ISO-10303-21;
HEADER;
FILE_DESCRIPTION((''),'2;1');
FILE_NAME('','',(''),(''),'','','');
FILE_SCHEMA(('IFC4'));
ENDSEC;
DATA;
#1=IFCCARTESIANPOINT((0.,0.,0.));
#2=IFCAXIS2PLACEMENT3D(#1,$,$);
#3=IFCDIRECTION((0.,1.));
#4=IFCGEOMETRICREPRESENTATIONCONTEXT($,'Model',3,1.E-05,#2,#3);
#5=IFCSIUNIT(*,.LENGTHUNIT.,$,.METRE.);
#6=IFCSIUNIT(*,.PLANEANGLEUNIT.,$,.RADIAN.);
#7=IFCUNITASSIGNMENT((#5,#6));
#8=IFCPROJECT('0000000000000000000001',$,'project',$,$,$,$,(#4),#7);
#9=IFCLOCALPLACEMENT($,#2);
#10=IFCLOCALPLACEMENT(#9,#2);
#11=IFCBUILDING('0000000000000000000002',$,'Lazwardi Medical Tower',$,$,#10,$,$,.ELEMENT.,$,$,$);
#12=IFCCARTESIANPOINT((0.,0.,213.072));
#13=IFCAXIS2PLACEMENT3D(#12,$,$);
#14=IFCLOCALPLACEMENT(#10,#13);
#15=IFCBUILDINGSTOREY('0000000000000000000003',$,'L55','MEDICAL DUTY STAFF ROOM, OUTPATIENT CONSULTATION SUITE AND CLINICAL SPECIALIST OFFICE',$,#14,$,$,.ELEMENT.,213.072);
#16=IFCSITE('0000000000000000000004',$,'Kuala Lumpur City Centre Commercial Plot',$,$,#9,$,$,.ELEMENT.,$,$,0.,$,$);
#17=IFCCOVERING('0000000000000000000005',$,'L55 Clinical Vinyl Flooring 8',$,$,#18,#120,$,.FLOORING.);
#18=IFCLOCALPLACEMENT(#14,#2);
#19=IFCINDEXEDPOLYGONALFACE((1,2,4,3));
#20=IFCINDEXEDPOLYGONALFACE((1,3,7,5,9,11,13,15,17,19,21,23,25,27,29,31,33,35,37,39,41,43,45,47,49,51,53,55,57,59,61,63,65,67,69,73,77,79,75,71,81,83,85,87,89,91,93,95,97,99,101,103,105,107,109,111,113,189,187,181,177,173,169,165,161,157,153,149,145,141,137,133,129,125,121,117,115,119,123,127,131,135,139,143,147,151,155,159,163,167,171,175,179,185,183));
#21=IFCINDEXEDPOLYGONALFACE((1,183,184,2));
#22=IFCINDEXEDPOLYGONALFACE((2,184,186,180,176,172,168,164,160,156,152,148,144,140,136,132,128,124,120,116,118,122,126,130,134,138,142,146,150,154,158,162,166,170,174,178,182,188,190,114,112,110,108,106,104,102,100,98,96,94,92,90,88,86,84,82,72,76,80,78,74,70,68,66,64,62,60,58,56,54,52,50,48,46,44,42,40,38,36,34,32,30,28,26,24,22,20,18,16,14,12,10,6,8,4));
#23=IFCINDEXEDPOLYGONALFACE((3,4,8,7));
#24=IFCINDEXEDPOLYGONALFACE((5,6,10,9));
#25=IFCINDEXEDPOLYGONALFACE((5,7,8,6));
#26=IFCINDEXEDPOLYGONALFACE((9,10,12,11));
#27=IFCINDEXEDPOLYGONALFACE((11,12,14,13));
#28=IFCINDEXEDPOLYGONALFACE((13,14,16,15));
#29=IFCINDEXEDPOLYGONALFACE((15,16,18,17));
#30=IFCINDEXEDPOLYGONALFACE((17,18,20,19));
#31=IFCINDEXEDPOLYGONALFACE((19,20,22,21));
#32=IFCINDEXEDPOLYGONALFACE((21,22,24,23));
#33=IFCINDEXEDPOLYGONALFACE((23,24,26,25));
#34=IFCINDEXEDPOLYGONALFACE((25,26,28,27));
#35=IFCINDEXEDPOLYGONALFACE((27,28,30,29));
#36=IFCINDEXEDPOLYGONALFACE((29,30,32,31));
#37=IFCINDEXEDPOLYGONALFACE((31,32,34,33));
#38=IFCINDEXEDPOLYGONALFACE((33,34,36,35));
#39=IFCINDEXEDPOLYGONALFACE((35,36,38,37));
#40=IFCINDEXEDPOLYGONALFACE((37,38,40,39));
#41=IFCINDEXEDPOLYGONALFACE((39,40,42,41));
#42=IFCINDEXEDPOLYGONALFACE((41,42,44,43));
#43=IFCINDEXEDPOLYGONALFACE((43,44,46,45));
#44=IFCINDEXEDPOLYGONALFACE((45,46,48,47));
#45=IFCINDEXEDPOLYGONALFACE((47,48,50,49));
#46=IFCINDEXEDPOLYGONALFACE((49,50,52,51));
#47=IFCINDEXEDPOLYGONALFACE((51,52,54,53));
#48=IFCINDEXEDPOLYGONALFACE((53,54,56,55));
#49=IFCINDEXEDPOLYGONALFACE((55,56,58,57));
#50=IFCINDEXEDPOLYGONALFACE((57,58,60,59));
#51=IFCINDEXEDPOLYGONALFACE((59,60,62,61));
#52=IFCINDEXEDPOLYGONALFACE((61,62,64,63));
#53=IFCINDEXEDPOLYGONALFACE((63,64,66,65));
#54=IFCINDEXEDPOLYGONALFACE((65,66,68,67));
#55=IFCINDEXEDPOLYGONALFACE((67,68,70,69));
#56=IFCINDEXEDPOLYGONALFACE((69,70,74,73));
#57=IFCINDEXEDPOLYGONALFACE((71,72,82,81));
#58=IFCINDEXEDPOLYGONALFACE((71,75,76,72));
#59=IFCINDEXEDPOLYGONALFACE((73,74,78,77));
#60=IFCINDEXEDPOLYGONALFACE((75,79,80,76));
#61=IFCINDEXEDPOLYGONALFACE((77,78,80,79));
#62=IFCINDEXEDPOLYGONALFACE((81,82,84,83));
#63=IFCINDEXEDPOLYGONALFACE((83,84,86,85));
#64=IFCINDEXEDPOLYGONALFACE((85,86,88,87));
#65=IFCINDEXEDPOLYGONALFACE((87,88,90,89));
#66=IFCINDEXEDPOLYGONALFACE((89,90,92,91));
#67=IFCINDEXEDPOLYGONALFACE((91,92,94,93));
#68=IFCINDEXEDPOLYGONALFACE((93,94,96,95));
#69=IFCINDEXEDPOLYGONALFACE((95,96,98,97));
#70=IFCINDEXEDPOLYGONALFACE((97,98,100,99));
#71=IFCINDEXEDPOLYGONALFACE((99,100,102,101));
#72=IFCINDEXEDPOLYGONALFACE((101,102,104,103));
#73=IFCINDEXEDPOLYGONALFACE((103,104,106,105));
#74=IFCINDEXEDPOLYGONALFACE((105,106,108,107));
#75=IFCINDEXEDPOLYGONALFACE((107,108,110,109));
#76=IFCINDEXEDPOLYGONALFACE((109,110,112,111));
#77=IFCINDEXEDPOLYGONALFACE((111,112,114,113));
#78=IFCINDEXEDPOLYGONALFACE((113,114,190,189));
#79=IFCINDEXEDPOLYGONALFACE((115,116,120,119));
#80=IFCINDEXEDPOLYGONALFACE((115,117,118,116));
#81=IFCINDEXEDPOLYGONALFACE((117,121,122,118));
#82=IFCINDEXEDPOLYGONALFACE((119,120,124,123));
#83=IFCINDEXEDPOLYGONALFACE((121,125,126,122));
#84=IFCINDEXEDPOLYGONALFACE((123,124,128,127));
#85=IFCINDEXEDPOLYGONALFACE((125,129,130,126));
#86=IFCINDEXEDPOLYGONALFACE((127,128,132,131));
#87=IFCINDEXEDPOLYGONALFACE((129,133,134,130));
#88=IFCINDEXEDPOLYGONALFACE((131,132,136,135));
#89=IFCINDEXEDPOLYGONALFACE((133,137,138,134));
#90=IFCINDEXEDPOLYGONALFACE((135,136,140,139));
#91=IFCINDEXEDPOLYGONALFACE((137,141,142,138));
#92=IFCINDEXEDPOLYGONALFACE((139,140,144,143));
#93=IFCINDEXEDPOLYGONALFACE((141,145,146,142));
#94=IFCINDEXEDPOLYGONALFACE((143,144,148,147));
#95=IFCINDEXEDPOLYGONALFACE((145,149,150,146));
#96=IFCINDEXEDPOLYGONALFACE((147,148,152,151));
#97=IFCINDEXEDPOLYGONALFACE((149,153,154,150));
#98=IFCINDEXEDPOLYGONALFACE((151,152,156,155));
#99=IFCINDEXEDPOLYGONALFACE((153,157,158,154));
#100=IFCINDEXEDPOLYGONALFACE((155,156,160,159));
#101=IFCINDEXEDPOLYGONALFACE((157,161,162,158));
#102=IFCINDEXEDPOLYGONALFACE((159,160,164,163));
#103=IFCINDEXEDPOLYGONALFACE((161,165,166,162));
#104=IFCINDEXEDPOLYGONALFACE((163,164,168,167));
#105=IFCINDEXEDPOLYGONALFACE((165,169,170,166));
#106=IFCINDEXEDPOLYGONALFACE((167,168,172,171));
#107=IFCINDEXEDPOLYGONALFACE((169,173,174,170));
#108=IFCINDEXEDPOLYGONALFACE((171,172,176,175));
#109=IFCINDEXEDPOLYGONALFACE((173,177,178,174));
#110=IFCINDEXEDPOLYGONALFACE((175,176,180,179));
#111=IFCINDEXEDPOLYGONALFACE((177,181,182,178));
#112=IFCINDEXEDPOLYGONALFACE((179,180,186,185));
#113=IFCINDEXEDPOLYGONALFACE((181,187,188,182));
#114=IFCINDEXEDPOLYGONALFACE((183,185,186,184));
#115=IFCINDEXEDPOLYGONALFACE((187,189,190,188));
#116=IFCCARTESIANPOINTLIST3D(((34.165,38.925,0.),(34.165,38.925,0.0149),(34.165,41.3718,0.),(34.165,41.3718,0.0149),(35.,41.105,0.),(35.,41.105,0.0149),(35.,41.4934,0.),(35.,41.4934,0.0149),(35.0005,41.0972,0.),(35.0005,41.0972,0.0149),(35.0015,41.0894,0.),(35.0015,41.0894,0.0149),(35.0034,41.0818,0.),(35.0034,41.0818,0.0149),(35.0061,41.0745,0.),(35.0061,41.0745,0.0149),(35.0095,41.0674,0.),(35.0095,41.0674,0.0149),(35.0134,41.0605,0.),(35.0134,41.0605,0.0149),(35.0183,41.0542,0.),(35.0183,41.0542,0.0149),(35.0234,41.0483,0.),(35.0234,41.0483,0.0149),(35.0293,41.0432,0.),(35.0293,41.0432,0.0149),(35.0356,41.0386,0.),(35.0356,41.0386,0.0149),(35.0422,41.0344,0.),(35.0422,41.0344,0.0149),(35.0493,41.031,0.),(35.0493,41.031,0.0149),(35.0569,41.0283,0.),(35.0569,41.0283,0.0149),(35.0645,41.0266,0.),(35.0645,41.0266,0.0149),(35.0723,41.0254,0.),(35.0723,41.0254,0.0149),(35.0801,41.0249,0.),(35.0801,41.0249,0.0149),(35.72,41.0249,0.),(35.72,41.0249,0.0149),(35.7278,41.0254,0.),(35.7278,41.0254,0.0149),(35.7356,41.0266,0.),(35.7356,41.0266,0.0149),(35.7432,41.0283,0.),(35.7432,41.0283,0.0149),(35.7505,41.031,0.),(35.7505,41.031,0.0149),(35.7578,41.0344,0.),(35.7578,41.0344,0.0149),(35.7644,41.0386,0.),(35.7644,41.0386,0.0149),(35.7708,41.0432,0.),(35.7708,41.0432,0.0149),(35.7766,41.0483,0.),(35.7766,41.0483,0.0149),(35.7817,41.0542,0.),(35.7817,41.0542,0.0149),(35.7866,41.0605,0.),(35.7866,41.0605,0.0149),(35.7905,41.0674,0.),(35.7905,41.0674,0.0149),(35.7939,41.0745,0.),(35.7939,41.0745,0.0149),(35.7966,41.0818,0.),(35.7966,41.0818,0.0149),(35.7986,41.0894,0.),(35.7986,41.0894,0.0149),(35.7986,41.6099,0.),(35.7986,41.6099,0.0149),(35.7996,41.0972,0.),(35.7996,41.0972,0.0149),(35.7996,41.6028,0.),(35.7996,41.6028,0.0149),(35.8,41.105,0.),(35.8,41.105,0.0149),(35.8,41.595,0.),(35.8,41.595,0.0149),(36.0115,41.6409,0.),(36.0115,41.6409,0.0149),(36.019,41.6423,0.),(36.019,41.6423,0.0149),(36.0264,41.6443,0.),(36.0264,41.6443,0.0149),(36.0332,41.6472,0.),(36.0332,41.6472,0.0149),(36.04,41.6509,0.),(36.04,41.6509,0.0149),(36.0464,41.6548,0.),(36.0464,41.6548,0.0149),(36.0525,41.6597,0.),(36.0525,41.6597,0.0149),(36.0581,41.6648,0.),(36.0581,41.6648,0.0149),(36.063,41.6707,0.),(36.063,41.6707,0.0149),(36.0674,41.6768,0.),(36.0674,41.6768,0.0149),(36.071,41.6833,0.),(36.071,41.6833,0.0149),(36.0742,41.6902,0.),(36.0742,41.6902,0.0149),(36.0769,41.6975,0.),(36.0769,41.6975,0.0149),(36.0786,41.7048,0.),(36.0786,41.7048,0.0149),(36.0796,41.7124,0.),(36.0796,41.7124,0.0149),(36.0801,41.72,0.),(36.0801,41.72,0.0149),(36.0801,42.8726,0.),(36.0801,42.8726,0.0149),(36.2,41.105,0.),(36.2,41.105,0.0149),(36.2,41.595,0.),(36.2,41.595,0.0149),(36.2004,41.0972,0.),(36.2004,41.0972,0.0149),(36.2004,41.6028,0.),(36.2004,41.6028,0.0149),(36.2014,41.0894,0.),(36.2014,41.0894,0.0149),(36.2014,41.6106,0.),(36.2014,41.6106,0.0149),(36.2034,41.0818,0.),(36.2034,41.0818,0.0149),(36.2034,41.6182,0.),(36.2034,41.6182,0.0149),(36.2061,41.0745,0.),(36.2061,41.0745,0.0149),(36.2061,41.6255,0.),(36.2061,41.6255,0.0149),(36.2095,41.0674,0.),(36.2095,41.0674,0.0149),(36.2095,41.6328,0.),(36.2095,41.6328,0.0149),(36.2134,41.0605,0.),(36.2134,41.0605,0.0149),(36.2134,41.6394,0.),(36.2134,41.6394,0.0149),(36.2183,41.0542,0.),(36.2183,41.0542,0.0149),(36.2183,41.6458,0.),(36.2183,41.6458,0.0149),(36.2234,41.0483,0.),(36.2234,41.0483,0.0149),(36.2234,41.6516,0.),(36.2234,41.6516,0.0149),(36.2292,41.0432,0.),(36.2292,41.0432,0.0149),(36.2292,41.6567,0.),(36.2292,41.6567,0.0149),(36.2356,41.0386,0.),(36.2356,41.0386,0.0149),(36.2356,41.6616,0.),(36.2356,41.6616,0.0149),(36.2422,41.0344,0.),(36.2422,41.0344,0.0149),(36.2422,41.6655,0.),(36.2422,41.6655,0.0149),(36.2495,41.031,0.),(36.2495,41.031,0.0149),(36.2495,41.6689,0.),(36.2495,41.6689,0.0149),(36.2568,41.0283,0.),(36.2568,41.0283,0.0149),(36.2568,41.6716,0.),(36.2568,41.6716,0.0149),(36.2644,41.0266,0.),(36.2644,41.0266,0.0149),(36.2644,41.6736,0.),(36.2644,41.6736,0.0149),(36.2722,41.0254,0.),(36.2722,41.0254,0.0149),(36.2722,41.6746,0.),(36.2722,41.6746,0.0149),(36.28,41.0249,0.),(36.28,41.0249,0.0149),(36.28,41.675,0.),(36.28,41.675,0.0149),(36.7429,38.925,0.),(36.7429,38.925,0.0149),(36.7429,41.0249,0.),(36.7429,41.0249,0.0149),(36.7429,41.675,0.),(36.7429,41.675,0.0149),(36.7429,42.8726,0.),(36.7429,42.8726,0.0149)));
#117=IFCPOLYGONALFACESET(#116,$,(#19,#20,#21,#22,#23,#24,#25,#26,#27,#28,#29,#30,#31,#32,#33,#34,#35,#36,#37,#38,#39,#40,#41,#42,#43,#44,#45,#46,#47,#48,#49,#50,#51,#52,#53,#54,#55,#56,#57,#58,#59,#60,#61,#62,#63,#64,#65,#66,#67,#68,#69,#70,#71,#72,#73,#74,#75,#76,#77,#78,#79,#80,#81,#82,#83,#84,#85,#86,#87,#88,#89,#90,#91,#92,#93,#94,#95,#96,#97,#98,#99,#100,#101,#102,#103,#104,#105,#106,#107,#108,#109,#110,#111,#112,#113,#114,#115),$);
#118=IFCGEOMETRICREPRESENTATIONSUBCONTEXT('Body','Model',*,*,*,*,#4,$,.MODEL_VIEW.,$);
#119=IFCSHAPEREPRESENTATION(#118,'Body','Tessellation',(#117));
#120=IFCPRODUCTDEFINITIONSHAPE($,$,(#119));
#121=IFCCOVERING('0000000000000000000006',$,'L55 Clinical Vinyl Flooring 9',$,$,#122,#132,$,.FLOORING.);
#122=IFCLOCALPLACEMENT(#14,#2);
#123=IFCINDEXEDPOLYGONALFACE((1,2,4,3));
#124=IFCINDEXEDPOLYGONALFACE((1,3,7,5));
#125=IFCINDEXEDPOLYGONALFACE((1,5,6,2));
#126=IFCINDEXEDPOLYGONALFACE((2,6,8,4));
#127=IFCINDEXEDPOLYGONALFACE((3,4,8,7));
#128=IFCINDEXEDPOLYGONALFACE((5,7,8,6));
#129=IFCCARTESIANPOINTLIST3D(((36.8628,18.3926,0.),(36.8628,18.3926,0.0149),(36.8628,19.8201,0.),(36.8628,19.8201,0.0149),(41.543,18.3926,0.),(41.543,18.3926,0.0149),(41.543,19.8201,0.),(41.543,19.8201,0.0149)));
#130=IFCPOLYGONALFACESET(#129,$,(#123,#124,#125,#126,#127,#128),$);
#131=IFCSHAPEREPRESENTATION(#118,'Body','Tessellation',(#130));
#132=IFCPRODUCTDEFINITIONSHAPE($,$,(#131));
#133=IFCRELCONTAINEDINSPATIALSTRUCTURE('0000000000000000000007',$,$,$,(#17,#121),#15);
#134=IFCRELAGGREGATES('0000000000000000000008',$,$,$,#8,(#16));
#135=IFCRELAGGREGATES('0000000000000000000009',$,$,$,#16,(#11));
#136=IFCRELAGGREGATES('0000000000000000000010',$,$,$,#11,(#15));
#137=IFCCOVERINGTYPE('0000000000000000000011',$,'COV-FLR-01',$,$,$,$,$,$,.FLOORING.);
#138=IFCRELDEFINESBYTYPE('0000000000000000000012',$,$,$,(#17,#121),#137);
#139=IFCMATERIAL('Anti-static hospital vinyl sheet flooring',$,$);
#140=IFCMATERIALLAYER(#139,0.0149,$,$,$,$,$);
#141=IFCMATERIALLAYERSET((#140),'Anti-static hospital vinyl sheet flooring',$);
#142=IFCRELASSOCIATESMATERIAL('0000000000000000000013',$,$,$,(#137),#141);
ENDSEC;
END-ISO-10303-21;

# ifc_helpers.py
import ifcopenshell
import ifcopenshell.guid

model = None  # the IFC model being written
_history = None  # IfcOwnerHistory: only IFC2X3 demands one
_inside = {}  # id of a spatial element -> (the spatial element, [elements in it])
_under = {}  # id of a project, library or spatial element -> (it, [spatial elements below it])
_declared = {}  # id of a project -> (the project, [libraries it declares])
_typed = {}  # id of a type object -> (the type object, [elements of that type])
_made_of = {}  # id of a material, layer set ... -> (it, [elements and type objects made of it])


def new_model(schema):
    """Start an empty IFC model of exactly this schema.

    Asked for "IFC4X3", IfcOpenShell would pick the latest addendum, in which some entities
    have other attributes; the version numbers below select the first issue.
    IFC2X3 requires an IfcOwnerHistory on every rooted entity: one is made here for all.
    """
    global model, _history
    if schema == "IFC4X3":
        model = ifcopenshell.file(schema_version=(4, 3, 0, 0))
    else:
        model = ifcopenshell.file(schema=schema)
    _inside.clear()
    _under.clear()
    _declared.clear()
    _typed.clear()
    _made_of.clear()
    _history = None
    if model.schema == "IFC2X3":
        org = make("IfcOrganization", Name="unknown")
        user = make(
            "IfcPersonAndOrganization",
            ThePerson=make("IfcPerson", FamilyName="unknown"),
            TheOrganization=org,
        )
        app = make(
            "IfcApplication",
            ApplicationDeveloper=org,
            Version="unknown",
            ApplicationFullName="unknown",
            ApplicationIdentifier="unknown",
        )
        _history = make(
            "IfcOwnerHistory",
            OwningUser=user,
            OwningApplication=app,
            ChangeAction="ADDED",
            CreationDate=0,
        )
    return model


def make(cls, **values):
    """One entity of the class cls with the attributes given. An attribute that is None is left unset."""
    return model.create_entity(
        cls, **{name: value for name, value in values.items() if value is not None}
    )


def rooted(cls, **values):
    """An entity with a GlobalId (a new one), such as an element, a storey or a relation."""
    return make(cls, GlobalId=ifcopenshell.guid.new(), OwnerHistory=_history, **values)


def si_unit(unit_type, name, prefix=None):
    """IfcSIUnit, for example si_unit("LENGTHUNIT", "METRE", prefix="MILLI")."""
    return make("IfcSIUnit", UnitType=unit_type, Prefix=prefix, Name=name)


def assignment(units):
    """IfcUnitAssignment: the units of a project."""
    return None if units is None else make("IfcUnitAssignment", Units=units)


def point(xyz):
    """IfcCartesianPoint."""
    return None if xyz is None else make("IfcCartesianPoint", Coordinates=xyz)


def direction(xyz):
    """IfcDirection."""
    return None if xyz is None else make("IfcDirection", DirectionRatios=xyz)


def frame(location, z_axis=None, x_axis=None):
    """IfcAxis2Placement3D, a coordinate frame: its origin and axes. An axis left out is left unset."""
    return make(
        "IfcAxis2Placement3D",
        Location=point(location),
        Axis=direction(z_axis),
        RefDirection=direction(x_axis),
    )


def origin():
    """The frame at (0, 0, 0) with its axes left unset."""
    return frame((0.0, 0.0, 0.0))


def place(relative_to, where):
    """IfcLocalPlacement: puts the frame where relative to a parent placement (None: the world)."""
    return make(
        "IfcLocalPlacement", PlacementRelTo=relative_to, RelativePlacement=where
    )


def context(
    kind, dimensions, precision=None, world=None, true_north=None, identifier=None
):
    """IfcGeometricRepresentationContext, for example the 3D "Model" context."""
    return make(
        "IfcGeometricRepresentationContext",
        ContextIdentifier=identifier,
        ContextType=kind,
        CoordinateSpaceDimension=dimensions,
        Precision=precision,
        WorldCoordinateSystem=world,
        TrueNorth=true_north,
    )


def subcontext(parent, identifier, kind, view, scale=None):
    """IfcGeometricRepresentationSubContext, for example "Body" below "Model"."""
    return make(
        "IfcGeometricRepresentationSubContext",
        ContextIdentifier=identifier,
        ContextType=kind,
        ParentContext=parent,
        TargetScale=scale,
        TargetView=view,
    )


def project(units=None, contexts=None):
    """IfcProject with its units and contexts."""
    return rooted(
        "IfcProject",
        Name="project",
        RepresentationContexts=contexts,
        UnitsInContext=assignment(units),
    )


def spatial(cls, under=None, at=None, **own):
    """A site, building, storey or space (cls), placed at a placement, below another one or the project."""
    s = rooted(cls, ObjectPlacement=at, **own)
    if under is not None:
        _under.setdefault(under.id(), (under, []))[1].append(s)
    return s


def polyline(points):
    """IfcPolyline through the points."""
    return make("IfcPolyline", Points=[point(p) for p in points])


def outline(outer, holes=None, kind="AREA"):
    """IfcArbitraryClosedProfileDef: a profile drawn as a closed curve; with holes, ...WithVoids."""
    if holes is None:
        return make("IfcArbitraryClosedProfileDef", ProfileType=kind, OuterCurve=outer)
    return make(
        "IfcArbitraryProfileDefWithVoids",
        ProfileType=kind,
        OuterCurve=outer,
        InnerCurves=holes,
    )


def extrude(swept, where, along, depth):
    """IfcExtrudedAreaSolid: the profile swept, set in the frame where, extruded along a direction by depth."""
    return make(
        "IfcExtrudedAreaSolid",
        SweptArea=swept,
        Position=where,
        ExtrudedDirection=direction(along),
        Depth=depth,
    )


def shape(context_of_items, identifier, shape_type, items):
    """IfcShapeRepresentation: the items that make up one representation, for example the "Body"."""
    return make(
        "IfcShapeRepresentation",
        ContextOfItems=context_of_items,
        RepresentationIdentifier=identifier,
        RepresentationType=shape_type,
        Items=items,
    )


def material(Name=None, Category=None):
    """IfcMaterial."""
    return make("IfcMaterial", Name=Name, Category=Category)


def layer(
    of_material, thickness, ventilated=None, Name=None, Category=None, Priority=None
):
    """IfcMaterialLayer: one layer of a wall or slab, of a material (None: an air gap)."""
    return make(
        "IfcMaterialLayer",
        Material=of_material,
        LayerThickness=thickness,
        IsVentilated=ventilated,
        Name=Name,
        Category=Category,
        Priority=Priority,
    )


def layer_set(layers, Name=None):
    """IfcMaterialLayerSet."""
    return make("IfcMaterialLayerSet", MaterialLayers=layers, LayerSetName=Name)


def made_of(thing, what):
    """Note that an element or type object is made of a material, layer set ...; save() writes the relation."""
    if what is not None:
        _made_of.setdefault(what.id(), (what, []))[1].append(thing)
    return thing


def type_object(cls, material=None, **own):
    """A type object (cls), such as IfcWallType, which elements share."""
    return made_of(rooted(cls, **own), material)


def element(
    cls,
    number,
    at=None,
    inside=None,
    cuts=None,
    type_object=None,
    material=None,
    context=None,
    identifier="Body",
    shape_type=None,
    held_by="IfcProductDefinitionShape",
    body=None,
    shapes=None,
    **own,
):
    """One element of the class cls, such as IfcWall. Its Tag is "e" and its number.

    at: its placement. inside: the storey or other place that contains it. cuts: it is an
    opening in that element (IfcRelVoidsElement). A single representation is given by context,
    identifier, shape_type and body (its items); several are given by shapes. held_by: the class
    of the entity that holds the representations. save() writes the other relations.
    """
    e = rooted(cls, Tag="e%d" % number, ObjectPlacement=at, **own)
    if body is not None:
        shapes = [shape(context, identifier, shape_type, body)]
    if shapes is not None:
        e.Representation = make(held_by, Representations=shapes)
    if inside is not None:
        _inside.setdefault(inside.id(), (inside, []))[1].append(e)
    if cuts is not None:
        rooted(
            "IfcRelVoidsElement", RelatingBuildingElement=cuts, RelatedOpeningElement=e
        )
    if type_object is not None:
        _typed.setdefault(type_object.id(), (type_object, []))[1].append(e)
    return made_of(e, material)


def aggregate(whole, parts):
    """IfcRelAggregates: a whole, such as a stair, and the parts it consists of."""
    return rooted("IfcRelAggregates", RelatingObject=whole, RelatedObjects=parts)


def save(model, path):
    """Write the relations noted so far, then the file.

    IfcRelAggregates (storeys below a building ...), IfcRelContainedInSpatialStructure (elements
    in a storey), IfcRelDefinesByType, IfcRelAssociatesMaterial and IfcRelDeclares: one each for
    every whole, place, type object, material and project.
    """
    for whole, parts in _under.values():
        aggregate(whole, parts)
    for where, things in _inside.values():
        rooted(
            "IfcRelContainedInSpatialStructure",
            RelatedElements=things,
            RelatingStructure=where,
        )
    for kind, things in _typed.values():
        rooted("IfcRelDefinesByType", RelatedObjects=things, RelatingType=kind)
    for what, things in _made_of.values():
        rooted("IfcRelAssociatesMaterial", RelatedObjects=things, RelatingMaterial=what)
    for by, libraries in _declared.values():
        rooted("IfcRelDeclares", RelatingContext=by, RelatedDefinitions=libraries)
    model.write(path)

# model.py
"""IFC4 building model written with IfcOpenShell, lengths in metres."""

from ifc_helpers import new_model, si_unit, direction, frame, origin, place, context, subcontext, project, spatial, polyline, outline, extrude, material, layer, layer_set, type_object, element, save


model = new_model("IFC4")

# Units and contexts
model_context = context("Model", 3, precision=1e-05, world=origin(), true_north=direction((0.0, 1.0)))
body_context = subcontext(model_context, "Body", "Model", "MODEL_VIEW")
ifc_project = project(units=[si_unit("LENGTHUNIT", "METRE"), si_unit("PLANEANGLEUNIT", "RADIAN")], contexts=[model_context])

# Site, building, storey
site_placement = place(None, origin())
site = spatial("IfcSite", under=ifc_project, at=site_placement, Name="Kuala Lumpur City Centre Commercial Plot", CompositionType="ELEMENT", RefElevation=0.0)
building_placement = place(site_placement, origin())
building = spatial("IfcBuilding", under=site, at=building_placement, Name="Lazwardi Medical Tower", CompositionType="ELEMENT")
storey_placement = place(building_placement, frame((0.0, 0.0, 213.072)))
storey = spatial("IfcBuildingStorey", under=building, at=storey_placement, Name="L55", Description="MEDICAL DUTY STAFF ROOM, OUTPATIENT CONSULTATION SUITE AND CLINICAL SPECIALIST OFFICE", CompositionType="ELEMENT", Elevation=213.072)

# Coverings
ifc_material_1 = material(Name="Anti-static hospital vinyl sheet flooring")
ifc_layer_1 = layer(ifc_material_1, 0.0149)
ifc_layer_set_1 = layer_set([ifc_layer_1], Name="Anti-static hospital vinyl sheet flooring")
covering_type_1 = type_object("IfcCoveringType", Name="COV-FLR-01", PredefinedType="FLOORING", material=ifc_layer_set_1)
covering_1_placement = place(storey_placement, origin())
element("IfcCovering", 1, at=covering_1_placement, inside=storey, type_object=covering_type_1, Name="L55 Clinical Vinyl Flooring 8", PredefinedType="FLOORING", context=body_context, shape_type="SweptSolid", body=[
    extrude(outline(polyline([(36.7429, 41.0249), (36.28, 41.0249), (36.2722, 41.0254), (36.2644, 41.0266), (36.2568, 41.0283), (36.2495, 41.031), (36.2422, 41.0344), (36.2356, 41.0386), (36.2292, 41.0432), (36.2234, 41.0483), (36.2183, 41.0542), (36.2134, 41.0605), (36.2095, 41.0674), (36.2061, 41.0745), (36.2034, 41.0818), (36.2014, 41.0894), (36.2004, 41.0972), (36.2, 41.105), (36.2, 41.595), (36.2004, 41.6028), (36.2014, 41.6106), (36.2034, 41.6182), (36.2061, 41.6255), (36.2095, 41.6328), (36.2134, 41.6394), (36.2183, 41.6458), (36.2234, 41.6516), (36.2292, 41.6567), (36.2356, 41.6616), (36.2422, 41.6655), (36.2495, 41.6689), (36.2568, 41.6716), (36.2644, 41.6736), (36.2722, 41.6746), (36.28, 41.675), (36.7429, 41.675), (36.7429, 42.8726), (36.0801, 42.8726), (36.0801, 41.72), (36.0796, 41.7124), (36.0786, 41.7048), (36.0769, 41.6975), (36.0742, 41.6902), (36.071, 41.6833), (36.0674, 41.6768), (36.063, 41.6707), (36.0581, 41.6648), (36.0525, 41.6597), (36.0464, 41.6548), (36.04, 41.6509), (36.0332, 41.6472), (36.0264, 41.6443), (36.019, 41.6423), (36.0115, 41.6409), (35.7986, 41.6099), (35.7996, 41.6028), (35.8, 41.595), (35.8, 41.105), (35.7996, 41.0972), (35.7986, 41.0894), (35.7966, 41.0818), (35.7939, 41.0745), (35.7905, 41.0674), (35.7866, 41.0605), (35.7817, 41.0542), (35.7766, 41.0483), (35.7708, 41.0432), (35.7644, 41.0386), (35.7578, 41.0344), (35.7505, 41.031), (35.7432, 41.0283), (35.7356, 41.0266), (35.7278, 41.0254), (35.72, 41.0249), (35.0801, 41.0249), (35.0723, 41.0254), (35.0645, 41.0266), (35.0569, 41.0283), (35.0493, 41.031), (35.0422, 41.0344), (35.0356, 41.0386), (35.0293, 41.0432), (35.0234, 41.0483), (35.0183, 41.0542), (35.0134, 41.0605), (35.0095, 41.0674), (35.0061, 41.0745), (35.0034, 41.0818), (35.0015, 41.0894), (35.0005, 41.0972), (35.0, 41.105), (35.0, 41.4934), (34.165, 41.3718), (34.165, 38.925), (36.7429, 38.925), (36.7429, 41.0249)])), origin(), (0.0, 0.0, 1.0), 0.0149),
])
covering_2_placement = place(storey_placement, origin())
element("IfcCovering", 2, at=covering_2_placement, inside=storey, type_object=covering_type_1, Name="L55 Clinical Vinyl Flooring 9", PredefinedType="FLOORING", context=body_context, shape_type="SweptSolid", body=[
    extrude(outline(polyline([(41.543, 19.8201), (36.8628, 19.8201), (36.8628, 18.3926), (41.543, 18.3926), (41.543, 19.8201)])), origin(), (0.0, 0.0, 1.0), 0.0149),
])

save(model, "model.ifc")
